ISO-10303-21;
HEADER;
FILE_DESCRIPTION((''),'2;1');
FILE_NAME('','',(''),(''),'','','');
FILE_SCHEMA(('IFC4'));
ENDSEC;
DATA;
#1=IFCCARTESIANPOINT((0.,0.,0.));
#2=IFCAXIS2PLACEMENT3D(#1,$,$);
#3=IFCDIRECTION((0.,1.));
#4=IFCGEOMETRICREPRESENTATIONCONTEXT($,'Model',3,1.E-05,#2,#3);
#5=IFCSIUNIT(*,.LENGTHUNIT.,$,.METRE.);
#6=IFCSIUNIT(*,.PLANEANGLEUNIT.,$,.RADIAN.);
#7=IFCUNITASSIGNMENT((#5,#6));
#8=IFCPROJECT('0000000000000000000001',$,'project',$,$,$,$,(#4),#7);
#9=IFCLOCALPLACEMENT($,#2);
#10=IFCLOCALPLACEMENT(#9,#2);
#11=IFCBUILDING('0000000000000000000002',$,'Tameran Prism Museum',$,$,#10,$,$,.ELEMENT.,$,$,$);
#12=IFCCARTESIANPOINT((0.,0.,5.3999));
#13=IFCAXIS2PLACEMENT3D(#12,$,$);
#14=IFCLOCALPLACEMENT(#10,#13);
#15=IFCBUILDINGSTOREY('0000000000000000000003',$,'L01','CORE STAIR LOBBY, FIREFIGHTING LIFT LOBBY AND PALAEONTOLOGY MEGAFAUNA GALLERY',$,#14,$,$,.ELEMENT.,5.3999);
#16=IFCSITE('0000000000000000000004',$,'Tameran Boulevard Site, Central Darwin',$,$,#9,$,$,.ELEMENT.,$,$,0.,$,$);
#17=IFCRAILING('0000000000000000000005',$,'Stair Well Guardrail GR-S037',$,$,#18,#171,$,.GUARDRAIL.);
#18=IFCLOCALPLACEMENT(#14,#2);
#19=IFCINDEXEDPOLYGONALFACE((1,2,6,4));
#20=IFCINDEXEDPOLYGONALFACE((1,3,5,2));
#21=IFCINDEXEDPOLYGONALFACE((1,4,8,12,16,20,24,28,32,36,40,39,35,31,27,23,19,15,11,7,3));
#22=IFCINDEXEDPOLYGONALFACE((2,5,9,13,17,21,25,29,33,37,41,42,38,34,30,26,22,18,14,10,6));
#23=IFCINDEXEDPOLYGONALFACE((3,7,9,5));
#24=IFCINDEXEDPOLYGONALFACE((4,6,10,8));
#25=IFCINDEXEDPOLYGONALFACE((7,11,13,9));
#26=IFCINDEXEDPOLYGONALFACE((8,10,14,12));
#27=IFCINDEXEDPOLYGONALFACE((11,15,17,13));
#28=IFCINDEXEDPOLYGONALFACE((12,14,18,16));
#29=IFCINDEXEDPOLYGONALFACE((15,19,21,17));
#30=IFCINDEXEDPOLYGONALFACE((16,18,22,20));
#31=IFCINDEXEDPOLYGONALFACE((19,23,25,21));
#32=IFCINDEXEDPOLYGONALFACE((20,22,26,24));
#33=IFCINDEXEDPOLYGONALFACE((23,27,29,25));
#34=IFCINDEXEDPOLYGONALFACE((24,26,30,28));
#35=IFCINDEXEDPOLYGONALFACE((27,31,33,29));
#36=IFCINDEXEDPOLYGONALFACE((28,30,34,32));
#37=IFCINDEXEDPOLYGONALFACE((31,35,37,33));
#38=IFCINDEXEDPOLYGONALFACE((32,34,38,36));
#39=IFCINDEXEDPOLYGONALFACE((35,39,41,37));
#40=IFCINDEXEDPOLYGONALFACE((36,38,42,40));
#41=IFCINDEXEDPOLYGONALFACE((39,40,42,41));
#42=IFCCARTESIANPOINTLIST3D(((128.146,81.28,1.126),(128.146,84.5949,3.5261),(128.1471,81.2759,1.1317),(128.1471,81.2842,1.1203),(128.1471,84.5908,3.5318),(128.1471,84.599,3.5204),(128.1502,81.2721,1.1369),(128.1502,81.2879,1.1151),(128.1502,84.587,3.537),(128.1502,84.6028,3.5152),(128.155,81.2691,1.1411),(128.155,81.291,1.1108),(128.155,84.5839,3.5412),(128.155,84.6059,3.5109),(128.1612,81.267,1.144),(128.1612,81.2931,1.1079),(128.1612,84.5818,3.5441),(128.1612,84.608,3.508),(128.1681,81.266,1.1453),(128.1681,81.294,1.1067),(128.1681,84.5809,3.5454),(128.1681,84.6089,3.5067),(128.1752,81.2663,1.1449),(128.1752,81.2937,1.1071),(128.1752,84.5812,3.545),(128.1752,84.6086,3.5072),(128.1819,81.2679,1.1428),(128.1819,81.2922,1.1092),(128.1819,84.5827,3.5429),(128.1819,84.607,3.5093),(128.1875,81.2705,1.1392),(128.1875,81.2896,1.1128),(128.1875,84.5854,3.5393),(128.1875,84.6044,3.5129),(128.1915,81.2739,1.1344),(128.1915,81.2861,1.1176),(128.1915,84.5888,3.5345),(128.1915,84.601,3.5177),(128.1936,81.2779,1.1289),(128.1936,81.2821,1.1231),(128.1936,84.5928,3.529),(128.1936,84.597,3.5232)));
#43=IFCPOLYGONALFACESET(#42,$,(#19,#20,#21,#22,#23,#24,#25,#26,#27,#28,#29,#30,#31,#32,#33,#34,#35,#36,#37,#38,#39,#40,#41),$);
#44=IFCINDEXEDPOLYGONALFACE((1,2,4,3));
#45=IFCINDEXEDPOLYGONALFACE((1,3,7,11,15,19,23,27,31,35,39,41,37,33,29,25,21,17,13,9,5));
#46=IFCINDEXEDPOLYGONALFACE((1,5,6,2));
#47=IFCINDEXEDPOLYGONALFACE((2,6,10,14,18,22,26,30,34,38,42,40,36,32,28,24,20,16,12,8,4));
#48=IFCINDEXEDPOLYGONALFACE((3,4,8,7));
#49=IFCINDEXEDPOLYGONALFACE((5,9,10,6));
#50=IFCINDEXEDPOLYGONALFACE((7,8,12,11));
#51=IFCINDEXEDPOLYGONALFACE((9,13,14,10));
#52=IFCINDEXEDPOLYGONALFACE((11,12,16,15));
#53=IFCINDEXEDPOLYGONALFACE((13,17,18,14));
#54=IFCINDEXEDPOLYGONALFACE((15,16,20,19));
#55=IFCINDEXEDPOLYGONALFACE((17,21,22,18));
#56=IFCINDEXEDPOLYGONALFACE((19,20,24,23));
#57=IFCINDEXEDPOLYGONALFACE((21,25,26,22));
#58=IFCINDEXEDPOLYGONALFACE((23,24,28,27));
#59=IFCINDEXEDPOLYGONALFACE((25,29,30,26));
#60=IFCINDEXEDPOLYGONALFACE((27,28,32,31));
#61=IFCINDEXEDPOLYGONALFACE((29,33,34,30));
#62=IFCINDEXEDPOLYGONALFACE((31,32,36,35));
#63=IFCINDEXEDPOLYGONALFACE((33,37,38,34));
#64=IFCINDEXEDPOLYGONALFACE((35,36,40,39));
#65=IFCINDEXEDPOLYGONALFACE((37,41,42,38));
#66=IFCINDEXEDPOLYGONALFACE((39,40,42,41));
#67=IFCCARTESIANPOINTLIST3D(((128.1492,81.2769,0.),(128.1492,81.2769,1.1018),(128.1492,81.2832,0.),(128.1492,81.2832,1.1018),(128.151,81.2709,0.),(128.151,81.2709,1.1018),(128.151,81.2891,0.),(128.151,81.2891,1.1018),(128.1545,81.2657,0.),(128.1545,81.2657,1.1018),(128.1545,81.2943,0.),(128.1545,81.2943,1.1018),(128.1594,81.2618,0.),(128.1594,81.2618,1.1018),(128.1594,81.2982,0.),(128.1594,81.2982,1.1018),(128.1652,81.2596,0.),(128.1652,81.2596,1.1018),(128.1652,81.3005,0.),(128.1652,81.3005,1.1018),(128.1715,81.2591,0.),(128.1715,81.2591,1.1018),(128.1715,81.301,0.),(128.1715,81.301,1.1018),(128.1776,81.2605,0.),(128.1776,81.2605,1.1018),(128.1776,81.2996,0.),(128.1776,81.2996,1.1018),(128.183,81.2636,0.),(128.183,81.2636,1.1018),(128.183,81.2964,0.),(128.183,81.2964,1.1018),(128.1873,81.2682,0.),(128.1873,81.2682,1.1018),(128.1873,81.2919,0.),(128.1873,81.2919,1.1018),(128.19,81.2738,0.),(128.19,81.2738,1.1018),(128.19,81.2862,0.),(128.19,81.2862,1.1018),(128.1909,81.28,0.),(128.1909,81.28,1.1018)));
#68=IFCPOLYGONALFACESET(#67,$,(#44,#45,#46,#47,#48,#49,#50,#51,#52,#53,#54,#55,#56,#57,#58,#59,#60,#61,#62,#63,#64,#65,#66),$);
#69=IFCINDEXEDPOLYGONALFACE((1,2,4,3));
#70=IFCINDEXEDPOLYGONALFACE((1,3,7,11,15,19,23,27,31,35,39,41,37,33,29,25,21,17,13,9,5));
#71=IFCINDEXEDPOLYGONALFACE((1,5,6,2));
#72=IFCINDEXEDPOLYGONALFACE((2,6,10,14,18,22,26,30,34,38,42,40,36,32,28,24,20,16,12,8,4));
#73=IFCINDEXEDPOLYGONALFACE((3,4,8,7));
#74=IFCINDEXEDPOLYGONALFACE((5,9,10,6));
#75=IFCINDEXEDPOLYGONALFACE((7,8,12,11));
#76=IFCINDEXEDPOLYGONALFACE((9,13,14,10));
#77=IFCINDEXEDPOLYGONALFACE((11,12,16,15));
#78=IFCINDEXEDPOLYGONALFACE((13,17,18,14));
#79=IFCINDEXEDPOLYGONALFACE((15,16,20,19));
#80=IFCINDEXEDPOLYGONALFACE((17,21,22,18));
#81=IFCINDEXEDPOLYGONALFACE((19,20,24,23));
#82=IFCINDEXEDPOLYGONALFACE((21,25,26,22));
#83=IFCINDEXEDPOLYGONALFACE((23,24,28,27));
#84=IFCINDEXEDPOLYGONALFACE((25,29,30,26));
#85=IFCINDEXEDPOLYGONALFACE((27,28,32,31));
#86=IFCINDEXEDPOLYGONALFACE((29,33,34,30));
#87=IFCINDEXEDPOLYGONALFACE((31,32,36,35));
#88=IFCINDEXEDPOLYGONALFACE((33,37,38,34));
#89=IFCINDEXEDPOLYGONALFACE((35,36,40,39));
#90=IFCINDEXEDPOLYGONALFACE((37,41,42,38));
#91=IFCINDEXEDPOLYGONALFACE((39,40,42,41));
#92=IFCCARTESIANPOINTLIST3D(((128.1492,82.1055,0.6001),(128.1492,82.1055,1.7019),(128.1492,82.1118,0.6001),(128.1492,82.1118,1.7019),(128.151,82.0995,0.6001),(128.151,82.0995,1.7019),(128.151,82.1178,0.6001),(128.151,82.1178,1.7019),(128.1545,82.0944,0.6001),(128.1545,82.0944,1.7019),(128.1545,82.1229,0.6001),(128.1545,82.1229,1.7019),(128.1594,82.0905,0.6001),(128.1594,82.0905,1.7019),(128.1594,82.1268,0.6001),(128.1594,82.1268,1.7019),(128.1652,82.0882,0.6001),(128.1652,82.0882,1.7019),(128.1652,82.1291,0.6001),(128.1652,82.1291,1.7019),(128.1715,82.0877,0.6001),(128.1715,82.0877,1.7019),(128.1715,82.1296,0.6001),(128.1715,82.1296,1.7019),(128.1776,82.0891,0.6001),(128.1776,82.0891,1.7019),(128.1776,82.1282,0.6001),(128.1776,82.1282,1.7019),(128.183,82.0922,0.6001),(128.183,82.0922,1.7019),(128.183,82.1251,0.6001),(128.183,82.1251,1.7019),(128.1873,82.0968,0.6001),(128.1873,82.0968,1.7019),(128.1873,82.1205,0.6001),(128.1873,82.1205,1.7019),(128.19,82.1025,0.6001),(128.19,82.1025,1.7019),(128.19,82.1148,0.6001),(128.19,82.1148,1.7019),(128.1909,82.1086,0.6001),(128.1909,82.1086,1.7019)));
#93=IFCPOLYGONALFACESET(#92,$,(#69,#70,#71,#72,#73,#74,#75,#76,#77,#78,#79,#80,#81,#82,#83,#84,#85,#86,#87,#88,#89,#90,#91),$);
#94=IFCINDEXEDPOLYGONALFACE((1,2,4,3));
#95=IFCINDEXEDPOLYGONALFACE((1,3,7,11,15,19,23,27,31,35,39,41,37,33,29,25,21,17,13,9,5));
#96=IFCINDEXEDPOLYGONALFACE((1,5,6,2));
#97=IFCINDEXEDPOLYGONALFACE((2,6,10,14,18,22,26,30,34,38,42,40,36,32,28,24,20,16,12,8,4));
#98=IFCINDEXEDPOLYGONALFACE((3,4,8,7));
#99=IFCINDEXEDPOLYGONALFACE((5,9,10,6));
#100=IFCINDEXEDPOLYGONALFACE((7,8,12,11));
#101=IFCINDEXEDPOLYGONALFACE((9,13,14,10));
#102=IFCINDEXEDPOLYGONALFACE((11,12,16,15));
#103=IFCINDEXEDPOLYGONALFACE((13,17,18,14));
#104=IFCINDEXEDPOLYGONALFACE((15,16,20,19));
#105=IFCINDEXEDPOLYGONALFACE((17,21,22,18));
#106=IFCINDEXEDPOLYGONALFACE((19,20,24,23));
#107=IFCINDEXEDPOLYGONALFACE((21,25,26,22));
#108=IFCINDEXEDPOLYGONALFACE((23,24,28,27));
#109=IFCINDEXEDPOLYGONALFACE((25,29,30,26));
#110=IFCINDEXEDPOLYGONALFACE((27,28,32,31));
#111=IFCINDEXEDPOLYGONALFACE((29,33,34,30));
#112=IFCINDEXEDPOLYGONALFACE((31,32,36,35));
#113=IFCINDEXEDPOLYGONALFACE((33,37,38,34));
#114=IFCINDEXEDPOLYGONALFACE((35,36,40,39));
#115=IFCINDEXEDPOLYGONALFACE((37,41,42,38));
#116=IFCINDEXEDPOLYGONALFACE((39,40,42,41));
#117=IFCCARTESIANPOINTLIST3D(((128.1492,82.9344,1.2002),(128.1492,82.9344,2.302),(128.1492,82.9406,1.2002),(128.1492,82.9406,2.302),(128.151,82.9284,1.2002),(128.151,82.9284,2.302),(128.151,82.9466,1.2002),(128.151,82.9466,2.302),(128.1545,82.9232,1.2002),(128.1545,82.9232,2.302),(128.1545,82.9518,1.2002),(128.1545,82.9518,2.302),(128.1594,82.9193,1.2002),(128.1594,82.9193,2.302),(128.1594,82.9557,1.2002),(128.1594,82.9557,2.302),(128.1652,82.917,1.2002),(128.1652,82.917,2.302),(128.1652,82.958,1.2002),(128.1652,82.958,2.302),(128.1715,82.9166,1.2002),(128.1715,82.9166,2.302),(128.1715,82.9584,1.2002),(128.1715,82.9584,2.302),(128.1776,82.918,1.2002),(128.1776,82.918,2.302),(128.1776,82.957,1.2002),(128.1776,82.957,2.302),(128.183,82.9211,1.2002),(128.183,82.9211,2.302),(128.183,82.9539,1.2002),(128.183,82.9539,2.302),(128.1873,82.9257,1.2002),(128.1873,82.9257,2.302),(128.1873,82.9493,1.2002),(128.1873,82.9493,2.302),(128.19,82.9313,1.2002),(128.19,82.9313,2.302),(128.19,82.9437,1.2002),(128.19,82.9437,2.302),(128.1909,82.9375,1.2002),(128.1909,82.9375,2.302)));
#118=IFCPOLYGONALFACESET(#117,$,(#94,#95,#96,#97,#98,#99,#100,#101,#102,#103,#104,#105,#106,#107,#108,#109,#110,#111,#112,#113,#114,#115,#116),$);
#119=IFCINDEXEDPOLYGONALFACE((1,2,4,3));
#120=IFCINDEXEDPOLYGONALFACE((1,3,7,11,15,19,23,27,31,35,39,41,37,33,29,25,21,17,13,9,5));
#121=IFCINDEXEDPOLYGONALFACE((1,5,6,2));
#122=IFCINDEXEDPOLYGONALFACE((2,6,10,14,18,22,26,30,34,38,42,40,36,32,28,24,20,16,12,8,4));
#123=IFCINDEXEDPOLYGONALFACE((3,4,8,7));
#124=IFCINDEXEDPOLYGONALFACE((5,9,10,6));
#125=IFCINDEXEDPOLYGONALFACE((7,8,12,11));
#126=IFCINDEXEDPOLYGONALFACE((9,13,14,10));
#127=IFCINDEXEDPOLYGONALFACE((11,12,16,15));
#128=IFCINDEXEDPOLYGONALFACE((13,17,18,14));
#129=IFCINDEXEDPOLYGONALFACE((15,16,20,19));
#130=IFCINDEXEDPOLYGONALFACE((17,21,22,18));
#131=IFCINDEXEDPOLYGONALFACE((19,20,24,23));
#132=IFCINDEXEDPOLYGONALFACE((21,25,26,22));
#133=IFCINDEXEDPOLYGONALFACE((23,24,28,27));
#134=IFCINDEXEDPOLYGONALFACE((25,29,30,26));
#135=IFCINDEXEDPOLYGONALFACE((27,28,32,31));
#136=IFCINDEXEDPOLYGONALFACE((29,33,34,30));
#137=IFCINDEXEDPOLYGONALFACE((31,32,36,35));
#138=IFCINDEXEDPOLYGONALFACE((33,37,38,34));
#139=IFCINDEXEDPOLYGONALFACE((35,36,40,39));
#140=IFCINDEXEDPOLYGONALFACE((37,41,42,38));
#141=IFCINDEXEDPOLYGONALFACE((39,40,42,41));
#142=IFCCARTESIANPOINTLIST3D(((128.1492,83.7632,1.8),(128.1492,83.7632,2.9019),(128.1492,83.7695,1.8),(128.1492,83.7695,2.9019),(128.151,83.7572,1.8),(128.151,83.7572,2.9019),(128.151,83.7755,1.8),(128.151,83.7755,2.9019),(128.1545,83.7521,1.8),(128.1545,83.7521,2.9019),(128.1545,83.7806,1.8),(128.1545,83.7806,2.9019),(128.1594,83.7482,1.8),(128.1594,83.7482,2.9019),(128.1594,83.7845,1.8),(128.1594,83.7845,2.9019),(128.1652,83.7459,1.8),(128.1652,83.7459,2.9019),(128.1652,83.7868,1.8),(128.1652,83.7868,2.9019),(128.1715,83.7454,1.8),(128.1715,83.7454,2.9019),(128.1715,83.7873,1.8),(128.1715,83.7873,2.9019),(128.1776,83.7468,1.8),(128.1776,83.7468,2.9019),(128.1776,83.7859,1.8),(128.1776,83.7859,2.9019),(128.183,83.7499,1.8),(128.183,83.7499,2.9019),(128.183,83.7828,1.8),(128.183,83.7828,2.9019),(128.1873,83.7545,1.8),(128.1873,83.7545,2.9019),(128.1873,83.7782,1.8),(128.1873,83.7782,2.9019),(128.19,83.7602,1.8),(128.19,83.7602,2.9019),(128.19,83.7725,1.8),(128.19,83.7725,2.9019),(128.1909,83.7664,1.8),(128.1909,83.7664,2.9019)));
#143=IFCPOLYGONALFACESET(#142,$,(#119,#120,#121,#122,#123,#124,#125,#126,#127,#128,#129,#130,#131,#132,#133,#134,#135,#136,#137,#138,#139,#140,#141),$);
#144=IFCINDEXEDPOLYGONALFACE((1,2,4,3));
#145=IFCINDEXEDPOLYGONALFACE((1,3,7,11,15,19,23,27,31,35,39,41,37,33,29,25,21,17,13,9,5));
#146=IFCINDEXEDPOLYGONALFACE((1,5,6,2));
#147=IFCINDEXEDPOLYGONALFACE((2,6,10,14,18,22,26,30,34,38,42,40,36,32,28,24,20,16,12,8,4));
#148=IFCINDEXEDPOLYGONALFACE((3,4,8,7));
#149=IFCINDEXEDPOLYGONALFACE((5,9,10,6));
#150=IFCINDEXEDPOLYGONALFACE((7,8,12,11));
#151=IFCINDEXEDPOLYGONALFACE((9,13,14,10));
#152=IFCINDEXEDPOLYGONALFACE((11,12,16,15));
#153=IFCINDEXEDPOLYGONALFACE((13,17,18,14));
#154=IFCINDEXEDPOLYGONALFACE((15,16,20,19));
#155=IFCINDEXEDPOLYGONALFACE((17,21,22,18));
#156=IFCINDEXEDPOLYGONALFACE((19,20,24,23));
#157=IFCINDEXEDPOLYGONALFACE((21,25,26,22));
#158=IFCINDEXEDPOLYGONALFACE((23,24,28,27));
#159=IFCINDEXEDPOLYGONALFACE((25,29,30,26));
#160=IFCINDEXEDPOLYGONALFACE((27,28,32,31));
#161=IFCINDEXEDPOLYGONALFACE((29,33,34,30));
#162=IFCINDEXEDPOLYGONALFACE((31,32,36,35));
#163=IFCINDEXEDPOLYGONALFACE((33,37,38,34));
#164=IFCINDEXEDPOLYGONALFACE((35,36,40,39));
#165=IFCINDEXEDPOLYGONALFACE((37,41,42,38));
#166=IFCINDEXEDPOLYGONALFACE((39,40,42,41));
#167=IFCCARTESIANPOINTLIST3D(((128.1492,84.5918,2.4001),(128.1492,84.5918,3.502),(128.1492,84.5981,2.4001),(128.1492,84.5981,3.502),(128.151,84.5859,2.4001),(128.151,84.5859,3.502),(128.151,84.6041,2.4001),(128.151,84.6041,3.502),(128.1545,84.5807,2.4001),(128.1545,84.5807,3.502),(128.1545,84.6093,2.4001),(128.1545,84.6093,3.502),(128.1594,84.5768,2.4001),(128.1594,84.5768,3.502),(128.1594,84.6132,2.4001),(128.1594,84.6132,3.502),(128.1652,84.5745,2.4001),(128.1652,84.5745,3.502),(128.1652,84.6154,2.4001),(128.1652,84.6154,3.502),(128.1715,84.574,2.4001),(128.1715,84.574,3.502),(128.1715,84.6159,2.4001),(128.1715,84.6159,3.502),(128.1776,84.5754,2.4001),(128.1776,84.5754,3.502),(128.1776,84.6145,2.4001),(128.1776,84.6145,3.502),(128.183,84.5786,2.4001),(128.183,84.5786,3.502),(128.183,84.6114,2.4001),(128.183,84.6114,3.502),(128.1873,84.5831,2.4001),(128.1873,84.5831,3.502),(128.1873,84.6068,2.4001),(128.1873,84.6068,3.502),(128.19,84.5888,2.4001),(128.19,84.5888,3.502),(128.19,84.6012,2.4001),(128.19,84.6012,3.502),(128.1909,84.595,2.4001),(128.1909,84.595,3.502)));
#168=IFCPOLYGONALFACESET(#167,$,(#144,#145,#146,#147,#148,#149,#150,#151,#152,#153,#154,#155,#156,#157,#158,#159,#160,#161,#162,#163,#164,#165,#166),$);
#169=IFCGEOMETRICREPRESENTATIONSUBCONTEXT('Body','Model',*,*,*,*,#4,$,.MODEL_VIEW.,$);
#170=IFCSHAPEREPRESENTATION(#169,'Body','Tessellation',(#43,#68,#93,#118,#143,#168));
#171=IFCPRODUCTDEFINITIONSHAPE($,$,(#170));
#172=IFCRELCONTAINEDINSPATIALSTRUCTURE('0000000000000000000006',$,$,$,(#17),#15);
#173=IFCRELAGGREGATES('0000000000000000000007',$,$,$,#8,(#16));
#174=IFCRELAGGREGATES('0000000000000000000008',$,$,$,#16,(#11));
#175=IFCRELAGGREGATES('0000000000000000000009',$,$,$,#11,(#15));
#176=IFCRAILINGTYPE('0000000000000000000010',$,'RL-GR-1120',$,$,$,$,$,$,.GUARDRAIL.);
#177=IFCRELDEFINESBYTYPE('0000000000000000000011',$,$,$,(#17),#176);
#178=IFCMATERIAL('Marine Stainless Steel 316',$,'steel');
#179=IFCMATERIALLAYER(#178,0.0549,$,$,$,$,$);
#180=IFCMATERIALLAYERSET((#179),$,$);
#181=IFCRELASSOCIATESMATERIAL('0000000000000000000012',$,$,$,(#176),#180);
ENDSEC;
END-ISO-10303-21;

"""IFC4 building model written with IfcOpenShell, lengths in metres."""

from ifc_helpers import new_model, si_unit, direction, frame, origin, origin_2d, place, context, subcontext, project, spatial, circle, extrude, material, layer, layer_set, type_object, element, save


model = new_model("IFC4")

# Units and contexts
model_context = context("Model", 3, precision=1e-05, world=origin(), true_north=direction((0.0, 1.0)))
body_context = subcontext(model_context, "Body", "Model", "MODEL_VIEW")
ifc_project = project(units=[si_unit("LENGTHUNIT", "METRE"), si_unit("PLANEANGLEUNIT", "RADIAN")], contexts=[model_context])

# Site, building, storey
site_placement = place(None, origin())
site = spatial("IfcSite", under=ifc_project, at=site_placement, Name="Tameran Boulevard Site, Central Darwin", CompositionType="ELEMENT", RefElevation=0.0)
building_placement = place(site_placement, origin())
building = spatial("IfcBuilding", under=site, at=building_placement, Name="Tameran Prism Museum", CompositionType="ELEMENT")
storey_placement = place(building_placement, frame((0.0, 0.0, 5.3999)))
storey = spatial("IfcBuildingStorey", under=building, at=storey_placement, Name="L01", Description="CORE STAIR LOBBY, FIREFIGHTING LIFT LOBBY AND PALAEONTOLOGY MEGAFAUNA GALLERY", CompositionType="ELEMENT", Elevation=5.3999)

# Railing
ifc_material_1 = material(Name="Marine Stainless Steel 316", Category="steel")
ifc_layer_1 = layer(ifc_material_1, 0.0549)
ifc_layer_set_1 = layer_set([ifc_layer_1])
railing_type_1 = type_object("IfcRailingType", Name="RL-GR-1120", PredefinedType="GUARDRAIL", material=ifc_layer_set_1)
railing_1_placement = place(storey_placement, frame((128.1699, 81.28, 0.0)))
element("IfcRailing", 1, at=railing_1_placement, inside=storey, type_object=railing_type_1, Name="Stair Well Guardrail GR-S037", PredefinedType="GUARDRAIL", context=body_context, shape_type="SweptSolid", body=[
    extrude(circle(Radius=0.0239, at=origin_2d()), frame((0.0, 0.0, 1.126), z_axis=(0.0, 0.80998, 0.586457), x_axis=(-1.0, 0.0, 0.0)), (0.0, 0.0, 1.0), 4.0925),
    extrude(circle(Radius=0.021, at=origin_2d()), origin(), (0.0, 0.0, 1.0), 1.1018),
    extrude(circle(Radius=0.021, at=origin_2d()), frame((0.0, 0.8286, 0.6001)), (0.0, 0.0, 1.0), 1.1018),
    extrude(circle(Radius=0.021, at=origin_2d()), frame((0.0, 1.6575, 1.2002)), (0.0, 0.0, 1.0), 1.1018),
    extrude(circle(Radius=0.021, at=origin_2d()), frame((0.0, 2.4863, 1.8)), (0.0, 0.0, 1.0), 1.1018),
    extrude(circle(Radius=0.021, at=origin_2d()), frame((0.0, 3.3149, 2.4001)), (0.0, 0.0, 1.0), 1.1018),
])

save(model, "model.ifc")
